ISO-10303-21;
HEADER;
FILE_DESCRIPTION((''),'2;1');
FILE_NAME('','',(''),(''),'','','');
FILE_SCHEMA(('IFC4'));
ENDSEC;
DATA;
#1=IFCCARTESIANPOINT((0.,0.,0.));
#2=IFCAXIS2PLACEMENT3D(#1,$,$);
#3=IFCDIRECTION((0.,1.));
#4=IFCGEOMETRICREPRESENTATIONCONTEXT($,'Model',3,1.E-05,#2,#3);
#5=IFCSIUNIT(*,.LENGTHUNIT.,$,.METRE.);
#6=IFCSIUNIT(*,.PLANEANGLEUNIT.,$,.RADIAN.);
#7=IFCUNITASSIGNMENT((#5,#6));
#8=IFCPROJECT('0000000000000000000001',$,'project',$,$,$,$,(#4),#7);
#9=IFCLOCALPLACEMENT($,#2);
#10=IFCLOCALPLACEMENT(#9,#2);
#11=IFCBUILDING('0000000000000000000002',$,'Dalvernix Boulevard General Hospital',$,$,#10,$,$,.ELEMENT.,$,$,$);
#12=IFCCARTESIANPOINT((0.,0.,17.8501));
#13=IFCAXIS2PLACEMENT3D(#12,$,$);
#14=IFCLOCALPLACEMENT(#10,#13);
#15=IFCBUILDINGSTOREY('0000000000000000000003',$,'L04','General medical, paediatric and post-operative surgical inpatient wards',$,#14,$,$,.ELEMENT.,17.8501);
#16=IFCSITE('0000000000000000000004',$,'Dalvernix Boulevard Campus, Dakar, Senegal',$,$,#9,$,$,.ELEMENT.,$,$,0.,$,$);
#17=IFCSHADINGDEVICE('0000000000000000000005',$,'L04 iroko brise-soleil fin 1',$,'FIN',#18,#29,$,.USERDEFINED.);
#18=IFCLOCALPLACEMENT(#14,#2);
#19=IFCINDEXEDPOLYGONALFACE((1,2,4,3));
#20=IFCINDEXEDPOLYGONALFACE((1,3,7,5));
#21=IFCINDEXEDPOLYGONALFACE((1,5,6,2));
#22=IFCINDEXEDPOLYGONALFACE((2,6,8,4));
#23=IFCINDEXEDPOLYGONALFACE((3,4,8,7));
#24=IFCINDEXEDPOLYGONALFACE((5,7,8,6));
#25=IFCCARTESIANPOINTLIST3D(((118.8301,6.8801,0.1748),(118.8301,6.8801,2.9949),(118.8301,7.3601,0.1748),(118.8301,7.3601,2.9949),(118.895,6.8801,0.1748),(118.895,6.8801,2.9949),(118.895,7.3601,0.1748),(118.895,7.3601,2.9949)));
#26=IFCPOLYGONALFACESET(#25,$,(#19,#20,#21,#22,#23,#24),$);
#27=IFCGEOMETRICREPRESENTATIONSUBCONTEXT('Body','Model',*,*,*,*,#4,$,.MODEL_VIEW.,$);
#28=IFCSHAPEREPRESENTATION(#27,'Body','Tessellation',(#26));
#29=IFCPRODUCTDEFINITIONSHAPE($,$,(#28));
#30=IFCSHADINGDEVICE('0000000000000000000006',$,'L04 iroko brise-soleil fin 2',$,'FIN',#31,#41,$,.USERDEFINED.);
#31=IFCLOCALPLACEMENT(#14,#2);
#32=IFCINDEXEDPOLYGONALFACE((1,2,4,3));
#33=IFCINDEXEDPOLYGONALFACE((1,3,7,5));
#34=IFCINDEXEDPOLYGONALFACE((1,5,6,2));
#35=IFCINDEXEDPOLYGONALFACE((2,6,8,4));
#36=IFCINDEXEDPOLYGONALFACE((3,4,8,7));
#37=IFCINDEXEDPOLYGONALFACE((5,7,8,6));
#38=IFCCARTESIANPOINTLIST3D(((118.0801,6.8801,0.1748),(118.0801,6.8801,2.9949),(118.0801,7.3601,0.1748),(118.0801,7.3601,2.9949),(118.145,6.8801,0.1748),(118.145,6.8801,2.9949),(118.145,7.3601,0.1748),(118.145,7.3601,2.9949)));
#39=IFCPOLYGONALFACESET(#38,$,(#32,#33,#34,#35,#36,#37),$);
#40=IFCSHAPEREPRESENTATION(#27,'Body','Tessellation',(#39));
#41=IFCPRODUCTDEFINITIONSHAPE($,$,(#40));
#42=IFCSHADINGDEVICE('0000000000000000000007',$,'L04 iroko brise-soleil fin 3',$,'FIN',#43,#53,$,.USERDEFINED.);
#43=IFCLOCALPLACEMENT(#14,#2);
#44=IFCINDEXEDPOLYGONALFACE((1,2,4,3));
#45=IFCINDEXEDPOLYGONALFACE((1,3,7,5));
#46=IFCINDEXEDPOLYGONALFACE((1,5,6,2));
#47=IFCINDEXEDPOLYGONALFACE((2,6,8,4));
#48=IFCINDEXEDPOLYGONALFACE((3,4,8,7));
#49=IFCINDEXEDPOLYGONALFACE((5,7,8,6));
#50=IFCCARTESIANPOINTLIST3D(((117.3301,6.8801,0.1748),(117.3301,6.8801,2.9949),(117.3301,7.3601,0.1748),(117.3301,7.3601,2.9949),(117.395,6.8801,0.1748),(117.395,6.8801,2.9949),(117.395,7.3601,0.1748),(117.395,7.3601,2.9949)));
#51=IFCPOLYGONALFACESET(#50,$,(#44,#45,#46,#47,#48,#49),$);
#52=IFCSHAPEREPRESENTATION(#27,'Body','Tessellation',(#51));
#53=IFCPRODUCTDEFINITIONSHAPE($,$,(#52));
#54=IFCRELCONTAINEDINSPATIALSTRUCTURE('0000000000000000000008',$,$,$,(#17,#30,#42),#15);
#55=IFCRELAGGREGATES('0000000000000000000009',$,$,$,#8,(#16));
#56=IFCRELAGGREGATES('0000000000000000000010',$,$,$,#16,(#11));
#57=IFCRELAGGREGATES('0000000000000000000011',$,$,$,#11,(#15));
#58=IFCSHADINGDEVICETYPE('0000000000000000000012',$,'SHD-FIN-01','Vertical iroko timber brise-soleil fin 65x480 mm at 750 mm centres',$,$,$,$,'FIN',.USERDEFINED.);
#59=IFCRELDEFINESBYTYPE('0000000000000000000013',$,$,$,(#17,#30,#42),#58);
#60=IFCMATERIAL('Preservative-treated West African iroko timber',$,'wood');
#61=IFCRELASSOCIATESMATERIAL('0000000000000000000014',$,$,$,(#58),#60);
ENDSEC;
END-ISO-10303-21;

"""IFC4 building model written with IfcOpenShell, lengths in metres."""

from ifc_helpers import new_model, si_unit, direction, frame, origin, origin_2d, place, context, subcontext, project, spatial, rectangle, extrude, material, type_object, element, save


model = new_model("IFC4")

# Units and contexts
model_context = context("Model", 3, precision=1e-05, world=origin(), true_north=direction((0.0, 1.0)))
body_context = subcontext(model_context, "Body", "Model", "MODEL_VIEW")
ifc_project = project(units=[si_unit("LENGTHUNIT", "METRE"), si_unit("PLANEANGLEUNIT", "RADIAN")], contexts=[model_context])

# Site, building, storey
site_placement = place(None, origin())
site = spatial("IfcSite", under=ifc_project, at=site_placement, Name="Dalvernix Boulevard Campus, Dakar, Senegal", CompositionType="ELEMENT", RefElevation=0.0)
building_placement = place(site_placement, origin())
building = spatial("IfcBuilding", under=site, at=building_placement, Name="Dalvernix Boulevard General Hospital", CompositionType="ELEMENT")
storey_placement = place(building_placement, frame((0.0, 0.0, 17.8501)))
storey = spatial("IfcBuildingStorey", under=building, at=storey_placement, Name="L04", Description="General medical, paediatric and post-operative surgical inpatient wards", CompositionType="ELEMENT", Elevation=17.8501)

# Shading devices
ifc_material_1 = material(Name="Preservative-treated West African iroko timber", Category="wood")
shading_device_type = type_object("IfcShadingDeviceType", Name="SHD-FIN-01", Description="Vertical iroko timber brise-soleil fin 65x480 mm at 750 mm centres", ElementType="FIN", PredefinedType="USERDEFINED", material=ifc_material_1)
for number, where, z_axis, x_axis, name in (
    (1, (118.8625, 7.1201, 0.1748), (0.0, 0.0, 1.0), (-1.0, 0.0, 0.0), "L04 iroko brise-soleil fin 1"),
    (2, (118.1125, 7.1201, 0.1748), (0.0, 0.0, 1.0), (-1.0, 0.0, 0.0), "L04 iroko brise-soleil fin 2"),
    (3, (117.3625, 7.1201, 0.1748), (0.0, 0.0, 1.0), (-1.0, 0.0, 0.0), "L04 iroko brise-soleil fin 3"),
):
    element("IfcShadingDevice", number, at=place(storey_placement, frame(where, z_axis=z_axis, x_axis=x_axis)), inside=storey, type_object=shading_device_type, Name=name, ObjectType="FIN", PredefinedType="USERDEFINED", context=body_context, shape_type="SweptSolid", body=[
        extrude(rectangle(XDim=0.0649, YDim=0.48, at=origin_2d()), origin(), (0.0, 0.0, 1.0), 2.8201),
    ])

save(model, "model.ifc")
